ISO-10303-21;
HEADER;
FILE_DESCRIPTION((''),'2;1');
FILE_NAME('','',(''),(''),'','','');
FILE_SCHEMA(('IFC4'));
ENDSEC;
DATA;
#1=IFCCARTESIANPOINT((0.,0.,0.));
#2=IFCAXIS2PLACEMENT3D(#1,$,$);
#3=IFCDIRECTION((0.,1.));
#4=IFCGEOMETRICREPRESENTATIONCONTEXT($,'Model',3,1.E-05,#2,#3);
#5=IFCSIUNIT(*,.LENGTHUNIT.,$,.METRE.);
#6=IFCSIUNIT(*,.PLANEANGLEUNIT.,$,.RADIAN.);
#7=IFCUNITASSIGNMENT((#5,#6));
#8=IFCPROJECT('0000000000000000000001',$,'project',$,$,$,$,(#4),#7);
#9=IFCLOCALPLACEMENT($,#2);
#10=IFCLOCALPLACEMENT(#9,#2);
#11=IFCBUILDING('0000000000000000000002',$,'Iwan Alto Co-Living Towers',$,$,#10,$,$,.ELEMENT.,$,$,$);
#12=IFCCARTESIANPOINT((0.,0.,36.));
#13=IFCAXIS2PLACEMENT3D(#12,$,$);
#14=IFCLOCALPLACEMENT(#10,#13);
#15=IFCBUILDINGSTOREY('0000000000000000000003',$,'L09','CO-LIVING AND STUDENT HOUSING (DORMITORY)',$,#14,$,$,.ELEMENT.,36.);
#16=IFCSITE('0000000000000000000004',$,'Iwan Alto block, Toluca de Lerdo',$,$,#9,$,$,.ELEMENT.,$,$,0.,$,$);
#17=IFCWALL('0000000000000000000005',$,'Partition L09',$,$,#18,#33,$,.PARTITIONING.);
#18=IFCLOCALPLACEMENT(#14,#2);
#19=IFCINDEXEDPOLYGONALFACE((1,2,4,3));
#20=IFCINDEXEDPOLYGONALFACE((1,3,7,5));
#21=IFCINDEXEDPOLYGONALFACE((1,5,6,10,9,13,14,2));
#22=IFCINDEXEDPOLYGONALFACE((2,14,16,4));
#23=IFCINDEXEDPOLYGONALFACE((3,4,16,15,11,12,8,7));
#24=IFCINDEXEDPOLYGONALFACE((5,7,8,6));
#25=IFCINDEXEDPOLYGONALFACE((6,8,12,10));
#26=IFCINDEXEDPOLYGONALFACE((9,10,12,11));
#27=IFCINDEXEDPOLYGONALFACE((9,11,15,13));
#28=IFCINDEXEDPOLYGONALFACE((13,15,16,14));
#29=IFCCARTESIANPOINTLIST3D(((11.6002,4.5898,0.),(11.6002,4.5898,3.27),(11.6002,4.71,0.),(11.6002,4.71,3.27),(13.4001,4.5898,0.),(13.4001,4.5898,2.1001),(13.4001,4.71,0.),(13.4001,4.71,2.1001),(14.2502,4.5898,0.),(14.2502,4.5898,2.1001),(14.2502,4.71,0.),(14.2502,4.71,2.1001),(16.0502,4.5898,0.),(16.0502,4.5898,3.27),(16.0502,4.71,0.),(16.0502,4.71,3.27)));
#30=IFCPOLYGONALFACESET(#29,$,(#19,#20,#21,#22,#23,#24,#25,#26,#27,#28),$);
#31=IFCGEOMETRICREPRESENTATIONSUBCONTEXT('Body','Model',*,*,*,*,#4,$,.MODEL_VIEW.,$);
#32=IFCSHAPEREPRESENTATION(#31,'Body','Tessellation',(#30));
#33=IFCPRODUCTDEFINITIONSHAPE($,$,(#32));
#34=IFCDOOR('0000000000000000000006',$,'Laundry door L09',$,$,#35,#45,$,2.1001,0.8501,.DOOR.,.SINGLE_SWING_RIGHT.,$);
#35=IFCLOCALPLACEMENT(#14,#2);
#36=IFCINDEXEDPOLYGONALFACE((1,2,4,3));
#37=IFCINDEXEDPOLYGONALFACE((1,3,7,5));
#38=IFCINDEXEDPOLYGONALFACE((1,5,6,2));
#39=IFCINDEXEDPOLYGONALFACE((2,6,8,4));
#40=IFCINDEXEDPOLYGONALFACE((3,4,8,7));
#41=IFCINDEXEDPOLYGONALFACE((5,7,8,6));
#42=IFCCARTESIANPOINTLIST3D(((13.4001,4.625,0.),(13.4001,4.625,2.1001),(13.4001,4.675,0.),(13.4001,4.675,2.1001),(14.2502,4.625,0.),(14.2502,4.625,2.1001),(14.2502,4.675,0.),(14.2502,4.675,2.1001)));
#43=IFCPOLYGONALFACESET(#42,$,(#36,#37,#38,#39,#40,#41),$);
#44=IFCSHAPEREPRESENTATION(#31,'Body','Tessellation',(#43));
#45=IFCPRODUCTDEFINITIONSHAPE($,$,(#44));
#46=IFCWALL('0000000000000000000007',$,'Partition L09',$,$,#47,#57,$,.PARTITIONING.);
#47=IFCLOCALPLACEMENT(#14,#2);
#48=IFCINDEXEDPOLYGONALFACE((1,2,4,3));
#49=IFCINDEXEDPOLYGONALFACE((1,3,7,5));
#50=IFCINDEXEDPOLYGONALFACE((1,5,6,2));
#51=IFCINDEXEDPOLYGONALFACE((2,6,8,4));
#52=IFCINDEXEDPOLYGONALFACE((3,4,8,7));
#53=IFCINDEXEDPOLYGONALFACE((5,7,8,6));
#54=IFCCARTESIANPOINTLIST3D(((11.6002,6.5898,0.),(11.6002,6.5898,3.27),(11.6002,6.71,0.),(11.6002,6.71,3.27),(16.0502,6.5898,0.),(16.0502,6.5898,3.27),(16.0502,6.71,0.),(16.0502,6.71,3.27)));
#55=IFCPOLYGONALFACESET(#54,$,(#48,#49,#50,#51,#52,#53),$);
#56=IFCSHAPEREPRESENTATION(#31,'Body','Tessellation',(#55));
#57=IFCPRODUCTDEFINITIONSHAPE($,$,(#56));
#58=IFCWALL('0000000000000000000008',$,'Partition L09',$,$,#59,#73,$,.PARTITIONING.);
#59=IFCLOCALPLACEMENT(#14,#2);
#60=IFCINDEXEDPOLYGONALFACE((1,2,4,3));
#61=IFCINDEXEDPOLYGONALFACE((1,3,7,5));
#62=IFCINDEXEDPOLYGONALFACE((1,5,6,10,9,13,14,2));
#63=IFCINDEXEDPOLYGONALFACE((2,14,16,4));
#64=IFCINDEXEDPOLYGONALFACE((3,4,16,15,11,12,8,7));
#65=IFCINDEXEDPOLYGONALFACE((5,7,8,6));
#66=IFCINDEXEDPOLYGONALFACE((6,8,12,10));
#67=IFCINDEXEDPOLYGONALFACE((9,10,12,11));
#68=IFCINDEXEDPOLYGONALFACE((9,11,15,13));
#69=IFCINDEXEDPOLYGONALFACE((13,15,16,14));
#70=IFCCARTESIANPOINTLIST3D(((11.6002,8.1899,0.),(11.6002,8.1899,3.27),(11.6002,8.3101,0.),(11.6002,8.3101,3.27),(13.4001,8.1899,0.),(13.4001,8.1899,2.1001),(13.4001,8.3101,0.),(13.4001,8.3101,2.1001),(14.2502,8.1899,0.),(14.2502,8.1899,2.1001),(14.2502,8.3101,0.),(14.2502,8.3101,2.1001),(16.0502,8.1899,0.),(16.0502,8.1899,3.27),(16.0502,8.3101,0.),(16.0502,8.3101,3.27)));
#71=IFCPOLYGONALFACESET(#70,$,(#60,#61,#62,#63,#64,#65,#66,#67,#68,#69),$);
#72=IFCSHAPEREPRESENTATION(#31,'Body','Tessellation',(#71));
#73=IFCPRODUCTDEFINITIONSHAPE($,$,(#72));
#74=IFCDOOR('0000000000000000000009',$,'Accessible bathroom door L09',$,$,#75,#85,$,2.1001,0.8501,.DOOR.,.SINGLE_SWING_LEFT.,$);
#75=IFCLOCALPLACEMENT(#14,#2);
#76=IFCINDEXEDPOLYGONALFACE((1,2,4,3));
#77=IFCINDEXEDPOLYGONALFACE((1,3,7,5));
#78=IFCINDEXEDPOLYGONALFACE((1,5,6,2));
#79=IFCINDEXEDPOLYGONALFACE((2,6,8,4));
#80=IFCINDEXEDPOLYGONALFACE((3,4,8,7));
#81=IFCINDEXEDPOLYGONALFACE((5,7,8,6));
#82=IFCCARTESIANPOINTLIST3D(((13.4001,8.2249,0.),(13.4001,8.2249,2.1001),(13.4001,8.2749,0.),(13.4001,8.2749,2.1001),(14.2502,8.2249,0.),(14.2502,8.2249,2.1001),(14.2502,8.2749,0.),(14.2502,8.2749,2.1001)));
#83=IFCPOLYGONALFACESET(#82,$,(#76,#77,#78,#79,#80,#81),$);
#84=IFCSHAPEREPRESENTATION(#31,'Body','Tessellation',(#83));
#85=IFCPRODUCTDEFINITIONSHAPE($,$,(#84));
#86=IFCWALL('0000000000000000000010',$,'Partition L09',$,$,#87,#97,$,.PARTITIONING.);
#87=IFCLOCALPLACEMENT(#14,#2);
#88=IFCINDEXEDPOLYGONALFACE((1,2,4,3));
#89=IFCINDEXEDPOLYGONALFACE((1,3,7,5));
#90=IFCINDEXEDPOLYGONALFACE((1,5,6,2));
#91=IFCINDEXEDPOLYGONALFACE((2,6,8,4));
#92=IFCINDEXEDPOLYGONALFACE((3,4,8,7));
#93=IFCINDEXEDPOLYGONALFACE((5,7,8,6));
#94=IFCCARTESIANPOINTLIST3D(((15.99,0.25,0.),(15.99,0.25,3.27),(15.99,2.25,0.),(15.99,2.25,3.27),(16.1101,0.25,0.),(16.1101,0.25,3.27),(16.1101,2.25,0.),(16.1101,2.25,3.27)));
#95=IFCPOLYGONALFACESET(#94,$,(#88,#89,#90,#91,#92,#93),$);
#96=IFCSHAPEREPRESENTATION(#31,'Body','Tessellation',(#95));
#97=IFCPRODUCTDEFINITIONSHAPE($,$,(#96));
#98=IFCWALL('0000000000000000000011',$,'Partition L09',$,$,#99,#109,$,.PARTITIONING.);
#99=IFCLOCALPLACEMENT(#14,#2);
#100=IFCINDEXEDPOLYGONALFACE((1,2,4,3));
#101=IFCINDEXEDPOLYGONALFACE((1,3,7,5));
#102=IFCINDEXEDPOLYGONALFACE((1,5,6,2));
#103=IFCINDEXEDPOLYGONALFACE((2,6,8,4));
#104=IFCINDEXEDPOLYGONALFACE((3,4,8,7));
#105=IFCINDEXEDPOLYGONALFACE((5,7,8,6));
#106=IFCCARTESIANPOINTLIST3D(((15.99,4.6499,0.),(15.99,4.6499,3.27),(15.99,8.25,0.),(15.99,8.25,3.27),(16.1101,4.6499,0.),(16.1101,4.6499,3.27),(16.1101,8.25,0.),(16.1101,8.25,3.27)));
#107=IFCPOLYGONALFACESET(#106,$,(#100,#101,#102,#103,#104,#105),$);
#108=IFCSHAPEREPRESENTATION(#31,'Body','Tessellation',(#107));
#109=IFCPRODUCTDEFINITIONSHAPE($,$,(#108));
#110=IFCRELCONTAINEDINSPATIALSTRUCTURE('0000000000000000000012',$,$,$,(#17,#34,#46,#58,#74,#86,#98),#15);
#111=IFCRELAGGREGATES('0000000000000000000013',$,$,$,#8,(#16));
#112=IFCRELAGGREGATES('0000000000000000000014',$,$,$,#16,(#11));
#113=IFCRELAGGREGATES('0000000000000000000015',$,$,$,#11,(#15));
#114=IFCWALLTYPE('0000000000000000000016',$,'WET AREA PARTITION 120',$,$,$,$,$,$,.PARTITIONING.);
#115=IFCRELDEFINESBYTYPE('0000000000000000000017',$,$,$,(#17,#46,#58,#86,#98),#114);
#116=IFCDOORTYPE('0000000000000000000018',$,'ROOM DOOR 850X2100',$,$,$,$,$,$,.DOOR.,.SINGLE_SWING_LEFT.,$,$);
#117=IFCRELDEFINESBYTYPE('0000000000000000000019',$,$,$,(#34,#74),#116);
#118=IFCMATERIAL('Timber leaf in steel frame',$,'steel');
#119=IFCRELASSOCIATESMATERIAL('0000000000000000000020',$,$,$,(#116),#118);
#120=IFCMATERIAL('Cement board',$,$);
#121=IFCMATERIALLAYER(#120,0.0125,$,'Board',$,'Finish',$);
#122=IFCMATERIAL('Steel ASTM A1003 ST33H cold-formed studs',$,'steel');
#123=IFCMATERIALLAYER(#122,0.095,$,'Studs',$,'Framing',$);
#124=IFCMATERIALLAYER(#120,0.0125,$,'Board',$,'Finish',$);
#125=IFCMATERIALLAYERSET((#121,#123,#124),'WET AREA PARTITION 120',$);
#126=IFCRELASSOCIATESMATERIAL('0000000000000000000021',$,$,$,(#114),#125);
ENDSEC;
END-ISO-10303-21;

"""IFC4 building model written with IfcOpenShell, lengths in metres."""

from ifc_helpers import new_model, si_unit, direction, frame, frame_2d, origin, place, context, subcontext, project, spatial, rectangle, extrude, material, layer, layer_set, type_object, element, fill, save


model = new_model("IFC4")

# Units and contexts
model_context = context("Model", 3, precision=1e-05, world=origin(), true_north=direction((0.0, 1.0)))
body_context = subcontext(model_context, "Body", "Model", "MODEL_VIEW")
ifc_project = project(units=[si_unit("LENGTHUNIT", "METRE"), si_unit("PLANEANGLEUNIT", "RADIAN")], contexts=[model_context])

# Site, building, storey
site_placement = place(None, origin())
site = spatial("IfcSite", under=ifc_project, at=site_placement, Name="Iwan Alto block, Toluca de Lerdo", CompositionType="ELEMENT", RefElevation=0.0)
building_placement = place(site_placement, origin())
building = spatial("IfcBuilding", under=site, at=building_placement, Name="Iwan Alto Co-Living Towers", CompositionType="ELEMENT")
storey_placement = place(building_placement, frame((0.0, 0.0, 36.0)))
storey = spatial("IfcBuildingStorey", under=building, at=storey_placement, Name="L09", Description="CO-LIVING AND STUDENT HOUSING (DORMITORY)", CompositionType="ELEMENT", Elevation=36.0)

# Shared definitions
ifc_material_1 = material(Name="Steel ASTM A1003 ST33H cold-formed studs", Category="steel")

# Shared definitions
ifc_material_2 = material(Name="Timber leaf in steel frame", Category="steel")
door_type = type_object("IfcDoorType", Name="ROOM DOOR 850X2100", OperationType="SINGLE_SWING_LEFT", PredefinedType="DOOR", material=ifc_material_2)

# Wall, opening, door
ifc_material_3 = material(Name="Cement board")
ifc_layer_1 = layer(ifc_material_3, 0.0125, Name="Board", Category="Finish")
ifc_layer_2 = layer(ifc_material_1, 0.095, Name="Studs", Category="Framing")
ifc_layer_3 = layer(ifc_material_3, 0.0125, Name="Board", Category="Finish")
ifc_layer_set_1 = layer_set([ifc_layer_1, ifc_layer_2, ifc_layer_3], Name="WET AREA PARTITION 120")
wall_type_1 = type_object("IfcWallType", Name="WET AREA PARTITION 120", PredefinedType="PARTITIONING", material=ifc_layer_set_1)
wall_1_placement = place(storey_placement, frame((11.6001, 4.6499, 0.0), z_axis=(0.0, 0.0, 1.0), x_axis=(1.0, 0.0, 0.0)))
wall_1 = element("IfcWall", 1, at=wall_1_placement, inside=storey, type_object=wall_type_1, Name="Partition L09", PredefinedType="PARTITIONING", context=body_context, shape_type="SweptSolid", body=[
    extrude(rectangle(XDim=4.45, YDim=0.1201, at=frame_2d((2.2251, 0.0))), origin(), (0.0, 0.0, 1.0), 3.27),
])
opening_1_placement = place(wall_1_placement, frame((1.8, 0.0, 0.0)))
opening_1 = element("IfcOpeningElement", 2, at=opening_1_placement, cuts=wall_1, PredefinedType="OPENING", context=body_context, shape_type="SweptSolid", body=[
    extrude(rectangle(XDim=0.8501, YDim=2.1001, at=frame_2d((0.425, 1.05))), frame((0.0, 0.0701, 0.0), z_axis=(0.0, -1.0, 0.0), x_axis=(1.0, 0.0, 0.0)), (0.0, 0.0, 1.0), 0.1401),
])
door_1_placement = place(opening_1_placement, frame((0.8501, 0.0, 0.0), z_axis=(0.0, 0.0, 1.0), x_axis=(-1.0, 0.0, 0.0)))
door_1 = element("IfcDoor", 3, at=door_1_placement, inside=storey, type_object=door_type, Name="Laundry door L09", OperationType="SINGLE_SWING_RIGHT", OverallHeight=2.1001, OverallWidth=0.8501, PredefinedType="DOOR", context=body_context, shape_type="SweptSolid", body=[
    extrude(rectangle(XDim=0.8501, YDim=2.1001, at=frame_2d((0.425, 1.05))), frame((0.0, 0.0249, 0.0), z_axis=(0.0, -1.0, 0.0), x_axis=(1.0, 0.0, 0.0)), (0.0, 0.0, 1.0), 0.05),
])
fill(opening_1, door_1)

# Wall
wall_2_placement = place(storey_placement, frame((11.6001, 6.6499, 0.0), z_axis=(0.0, 0.0, 1.0), x_axis=(1.0, 0.0, 0.0)))
element("IfcWall", 4, at=wall_2_placement, inside=storey, type_object=wall_type_1, Name="Partition L09", PredefinedType="PARTITIONING", context=body_context, shape_type="SweptSolid", body=[
    extrude(rectangle(XDim=4.45, YDim=0.1201, at=frame_2d((2.2251, 0.0))), origin(), (0.0, 0.0, 1.0), 3.27),
])

# Wall, opening, door
wall_3_placement = place(storey_placement, frame((11.6001, 8.25, 0.0), z_axis=(0.0, 0.0, 1.0), x_axis=(1.0, 0.0, 0.0)))
wall_3 = element("IfcWall", 5, at=wall_3_placement, inside=storey, type_object=wall_type_1, Name="Partition L09", PredefinedType="PARTITIONING", context=body_context, shape_type="SweptSolid", body=[
    extrude(rectangle(XDim=4.45, YDim=0.1201, at=frame_2d((2.2251, 0.0))), origin(), (0.0, 0.0, 1.0), 3.27),
])
opening_2_placement = place(wall_3_placement, frame((1.8, 0.0, 0.0)))
opening_2 = element("IfcOpeningElement", 6, at=opening_2_placement, cuts=wall_3, PredefinedType="OPENING", context=body_context, shape_type="SweptSolid", body=[
    extrude(rectangle(XDim=0.8501, YDim=2.1001, at=frame_2d((0.425, 1.05))), frame((0.0, 0.0701, 0.0), z_axis=(0.0, -1.0, 0.0), x_axis=(1.0, 0.0, 0.0)), (0.0, 0.0, 1.0), 0.1401),
])
door_2_placement = place(opening_2_placement, origin())
door_2 = element("IfcDoor", 7, at=door_2_placement, inside=storey, type_object=door_type, Name="Accessible bathroom door L09", OperationType="SINGLE_SWING_LEFT", OverallHeight=2.1001, OverallWidth=0.8501, PredefinedType="DOOR", context=body_context, shape_type="SweptSolid", body=[
    extrude(rectangle(XDim=0.8501, YDim=2.1001, at=frame_2d((0.425, 1.05))), frame((0.0, 0.0249, 0.0), z_axis=(0.0, -1.0, 0.0), x_axis=(1.0, 0.0, 0.0)), (0.0, 0.0, 1.0), 0.05),
])
fill(opening_2, door_2)

# Walls
wall_4_placement = place(storey_placement, frame((16.05, 0.25, 0.0), z_axis=(0.0, 0.0, 1.0), x_axis=(0.0, 1.0, 0.0)))
element("IfcWall", 8, at=wall_4_placement, inside=storey, type_object=wall_type_1, Name="Partition L09", PredefinedType="PARTITIONING", context=body_context, shape_type="SweptSolid", body=[
    extrude(rectangle(XDim=2.0, YDim=0.1201, at=frame_2d((1.0, 0.0))), origin(), (0.0, 0.0, 1.0), 3.27),
])
wall_5_placement = place(storey_placement, frame((16.05, 4.6499, 0.0), z_axis=(0.0, 0.0, 1.0), x_axis=(0.0, 1.0, 0.0)))
element("IfcWall", 9, at=wall_5_placement, inside=storey, type_object=wall_type_1, Name="Partition L09", PredefinedType="PARTITIONING", context=body_context, shape_type="SweptSolid", body=[
    extrude(rectangle(XDim=3.6001, YDim=0.1201, at=frame_2d((1.8, 0.0))), origin(), (0.0, 0.0, 1.0), 3.27),
])

save(model, "model.ifc")
